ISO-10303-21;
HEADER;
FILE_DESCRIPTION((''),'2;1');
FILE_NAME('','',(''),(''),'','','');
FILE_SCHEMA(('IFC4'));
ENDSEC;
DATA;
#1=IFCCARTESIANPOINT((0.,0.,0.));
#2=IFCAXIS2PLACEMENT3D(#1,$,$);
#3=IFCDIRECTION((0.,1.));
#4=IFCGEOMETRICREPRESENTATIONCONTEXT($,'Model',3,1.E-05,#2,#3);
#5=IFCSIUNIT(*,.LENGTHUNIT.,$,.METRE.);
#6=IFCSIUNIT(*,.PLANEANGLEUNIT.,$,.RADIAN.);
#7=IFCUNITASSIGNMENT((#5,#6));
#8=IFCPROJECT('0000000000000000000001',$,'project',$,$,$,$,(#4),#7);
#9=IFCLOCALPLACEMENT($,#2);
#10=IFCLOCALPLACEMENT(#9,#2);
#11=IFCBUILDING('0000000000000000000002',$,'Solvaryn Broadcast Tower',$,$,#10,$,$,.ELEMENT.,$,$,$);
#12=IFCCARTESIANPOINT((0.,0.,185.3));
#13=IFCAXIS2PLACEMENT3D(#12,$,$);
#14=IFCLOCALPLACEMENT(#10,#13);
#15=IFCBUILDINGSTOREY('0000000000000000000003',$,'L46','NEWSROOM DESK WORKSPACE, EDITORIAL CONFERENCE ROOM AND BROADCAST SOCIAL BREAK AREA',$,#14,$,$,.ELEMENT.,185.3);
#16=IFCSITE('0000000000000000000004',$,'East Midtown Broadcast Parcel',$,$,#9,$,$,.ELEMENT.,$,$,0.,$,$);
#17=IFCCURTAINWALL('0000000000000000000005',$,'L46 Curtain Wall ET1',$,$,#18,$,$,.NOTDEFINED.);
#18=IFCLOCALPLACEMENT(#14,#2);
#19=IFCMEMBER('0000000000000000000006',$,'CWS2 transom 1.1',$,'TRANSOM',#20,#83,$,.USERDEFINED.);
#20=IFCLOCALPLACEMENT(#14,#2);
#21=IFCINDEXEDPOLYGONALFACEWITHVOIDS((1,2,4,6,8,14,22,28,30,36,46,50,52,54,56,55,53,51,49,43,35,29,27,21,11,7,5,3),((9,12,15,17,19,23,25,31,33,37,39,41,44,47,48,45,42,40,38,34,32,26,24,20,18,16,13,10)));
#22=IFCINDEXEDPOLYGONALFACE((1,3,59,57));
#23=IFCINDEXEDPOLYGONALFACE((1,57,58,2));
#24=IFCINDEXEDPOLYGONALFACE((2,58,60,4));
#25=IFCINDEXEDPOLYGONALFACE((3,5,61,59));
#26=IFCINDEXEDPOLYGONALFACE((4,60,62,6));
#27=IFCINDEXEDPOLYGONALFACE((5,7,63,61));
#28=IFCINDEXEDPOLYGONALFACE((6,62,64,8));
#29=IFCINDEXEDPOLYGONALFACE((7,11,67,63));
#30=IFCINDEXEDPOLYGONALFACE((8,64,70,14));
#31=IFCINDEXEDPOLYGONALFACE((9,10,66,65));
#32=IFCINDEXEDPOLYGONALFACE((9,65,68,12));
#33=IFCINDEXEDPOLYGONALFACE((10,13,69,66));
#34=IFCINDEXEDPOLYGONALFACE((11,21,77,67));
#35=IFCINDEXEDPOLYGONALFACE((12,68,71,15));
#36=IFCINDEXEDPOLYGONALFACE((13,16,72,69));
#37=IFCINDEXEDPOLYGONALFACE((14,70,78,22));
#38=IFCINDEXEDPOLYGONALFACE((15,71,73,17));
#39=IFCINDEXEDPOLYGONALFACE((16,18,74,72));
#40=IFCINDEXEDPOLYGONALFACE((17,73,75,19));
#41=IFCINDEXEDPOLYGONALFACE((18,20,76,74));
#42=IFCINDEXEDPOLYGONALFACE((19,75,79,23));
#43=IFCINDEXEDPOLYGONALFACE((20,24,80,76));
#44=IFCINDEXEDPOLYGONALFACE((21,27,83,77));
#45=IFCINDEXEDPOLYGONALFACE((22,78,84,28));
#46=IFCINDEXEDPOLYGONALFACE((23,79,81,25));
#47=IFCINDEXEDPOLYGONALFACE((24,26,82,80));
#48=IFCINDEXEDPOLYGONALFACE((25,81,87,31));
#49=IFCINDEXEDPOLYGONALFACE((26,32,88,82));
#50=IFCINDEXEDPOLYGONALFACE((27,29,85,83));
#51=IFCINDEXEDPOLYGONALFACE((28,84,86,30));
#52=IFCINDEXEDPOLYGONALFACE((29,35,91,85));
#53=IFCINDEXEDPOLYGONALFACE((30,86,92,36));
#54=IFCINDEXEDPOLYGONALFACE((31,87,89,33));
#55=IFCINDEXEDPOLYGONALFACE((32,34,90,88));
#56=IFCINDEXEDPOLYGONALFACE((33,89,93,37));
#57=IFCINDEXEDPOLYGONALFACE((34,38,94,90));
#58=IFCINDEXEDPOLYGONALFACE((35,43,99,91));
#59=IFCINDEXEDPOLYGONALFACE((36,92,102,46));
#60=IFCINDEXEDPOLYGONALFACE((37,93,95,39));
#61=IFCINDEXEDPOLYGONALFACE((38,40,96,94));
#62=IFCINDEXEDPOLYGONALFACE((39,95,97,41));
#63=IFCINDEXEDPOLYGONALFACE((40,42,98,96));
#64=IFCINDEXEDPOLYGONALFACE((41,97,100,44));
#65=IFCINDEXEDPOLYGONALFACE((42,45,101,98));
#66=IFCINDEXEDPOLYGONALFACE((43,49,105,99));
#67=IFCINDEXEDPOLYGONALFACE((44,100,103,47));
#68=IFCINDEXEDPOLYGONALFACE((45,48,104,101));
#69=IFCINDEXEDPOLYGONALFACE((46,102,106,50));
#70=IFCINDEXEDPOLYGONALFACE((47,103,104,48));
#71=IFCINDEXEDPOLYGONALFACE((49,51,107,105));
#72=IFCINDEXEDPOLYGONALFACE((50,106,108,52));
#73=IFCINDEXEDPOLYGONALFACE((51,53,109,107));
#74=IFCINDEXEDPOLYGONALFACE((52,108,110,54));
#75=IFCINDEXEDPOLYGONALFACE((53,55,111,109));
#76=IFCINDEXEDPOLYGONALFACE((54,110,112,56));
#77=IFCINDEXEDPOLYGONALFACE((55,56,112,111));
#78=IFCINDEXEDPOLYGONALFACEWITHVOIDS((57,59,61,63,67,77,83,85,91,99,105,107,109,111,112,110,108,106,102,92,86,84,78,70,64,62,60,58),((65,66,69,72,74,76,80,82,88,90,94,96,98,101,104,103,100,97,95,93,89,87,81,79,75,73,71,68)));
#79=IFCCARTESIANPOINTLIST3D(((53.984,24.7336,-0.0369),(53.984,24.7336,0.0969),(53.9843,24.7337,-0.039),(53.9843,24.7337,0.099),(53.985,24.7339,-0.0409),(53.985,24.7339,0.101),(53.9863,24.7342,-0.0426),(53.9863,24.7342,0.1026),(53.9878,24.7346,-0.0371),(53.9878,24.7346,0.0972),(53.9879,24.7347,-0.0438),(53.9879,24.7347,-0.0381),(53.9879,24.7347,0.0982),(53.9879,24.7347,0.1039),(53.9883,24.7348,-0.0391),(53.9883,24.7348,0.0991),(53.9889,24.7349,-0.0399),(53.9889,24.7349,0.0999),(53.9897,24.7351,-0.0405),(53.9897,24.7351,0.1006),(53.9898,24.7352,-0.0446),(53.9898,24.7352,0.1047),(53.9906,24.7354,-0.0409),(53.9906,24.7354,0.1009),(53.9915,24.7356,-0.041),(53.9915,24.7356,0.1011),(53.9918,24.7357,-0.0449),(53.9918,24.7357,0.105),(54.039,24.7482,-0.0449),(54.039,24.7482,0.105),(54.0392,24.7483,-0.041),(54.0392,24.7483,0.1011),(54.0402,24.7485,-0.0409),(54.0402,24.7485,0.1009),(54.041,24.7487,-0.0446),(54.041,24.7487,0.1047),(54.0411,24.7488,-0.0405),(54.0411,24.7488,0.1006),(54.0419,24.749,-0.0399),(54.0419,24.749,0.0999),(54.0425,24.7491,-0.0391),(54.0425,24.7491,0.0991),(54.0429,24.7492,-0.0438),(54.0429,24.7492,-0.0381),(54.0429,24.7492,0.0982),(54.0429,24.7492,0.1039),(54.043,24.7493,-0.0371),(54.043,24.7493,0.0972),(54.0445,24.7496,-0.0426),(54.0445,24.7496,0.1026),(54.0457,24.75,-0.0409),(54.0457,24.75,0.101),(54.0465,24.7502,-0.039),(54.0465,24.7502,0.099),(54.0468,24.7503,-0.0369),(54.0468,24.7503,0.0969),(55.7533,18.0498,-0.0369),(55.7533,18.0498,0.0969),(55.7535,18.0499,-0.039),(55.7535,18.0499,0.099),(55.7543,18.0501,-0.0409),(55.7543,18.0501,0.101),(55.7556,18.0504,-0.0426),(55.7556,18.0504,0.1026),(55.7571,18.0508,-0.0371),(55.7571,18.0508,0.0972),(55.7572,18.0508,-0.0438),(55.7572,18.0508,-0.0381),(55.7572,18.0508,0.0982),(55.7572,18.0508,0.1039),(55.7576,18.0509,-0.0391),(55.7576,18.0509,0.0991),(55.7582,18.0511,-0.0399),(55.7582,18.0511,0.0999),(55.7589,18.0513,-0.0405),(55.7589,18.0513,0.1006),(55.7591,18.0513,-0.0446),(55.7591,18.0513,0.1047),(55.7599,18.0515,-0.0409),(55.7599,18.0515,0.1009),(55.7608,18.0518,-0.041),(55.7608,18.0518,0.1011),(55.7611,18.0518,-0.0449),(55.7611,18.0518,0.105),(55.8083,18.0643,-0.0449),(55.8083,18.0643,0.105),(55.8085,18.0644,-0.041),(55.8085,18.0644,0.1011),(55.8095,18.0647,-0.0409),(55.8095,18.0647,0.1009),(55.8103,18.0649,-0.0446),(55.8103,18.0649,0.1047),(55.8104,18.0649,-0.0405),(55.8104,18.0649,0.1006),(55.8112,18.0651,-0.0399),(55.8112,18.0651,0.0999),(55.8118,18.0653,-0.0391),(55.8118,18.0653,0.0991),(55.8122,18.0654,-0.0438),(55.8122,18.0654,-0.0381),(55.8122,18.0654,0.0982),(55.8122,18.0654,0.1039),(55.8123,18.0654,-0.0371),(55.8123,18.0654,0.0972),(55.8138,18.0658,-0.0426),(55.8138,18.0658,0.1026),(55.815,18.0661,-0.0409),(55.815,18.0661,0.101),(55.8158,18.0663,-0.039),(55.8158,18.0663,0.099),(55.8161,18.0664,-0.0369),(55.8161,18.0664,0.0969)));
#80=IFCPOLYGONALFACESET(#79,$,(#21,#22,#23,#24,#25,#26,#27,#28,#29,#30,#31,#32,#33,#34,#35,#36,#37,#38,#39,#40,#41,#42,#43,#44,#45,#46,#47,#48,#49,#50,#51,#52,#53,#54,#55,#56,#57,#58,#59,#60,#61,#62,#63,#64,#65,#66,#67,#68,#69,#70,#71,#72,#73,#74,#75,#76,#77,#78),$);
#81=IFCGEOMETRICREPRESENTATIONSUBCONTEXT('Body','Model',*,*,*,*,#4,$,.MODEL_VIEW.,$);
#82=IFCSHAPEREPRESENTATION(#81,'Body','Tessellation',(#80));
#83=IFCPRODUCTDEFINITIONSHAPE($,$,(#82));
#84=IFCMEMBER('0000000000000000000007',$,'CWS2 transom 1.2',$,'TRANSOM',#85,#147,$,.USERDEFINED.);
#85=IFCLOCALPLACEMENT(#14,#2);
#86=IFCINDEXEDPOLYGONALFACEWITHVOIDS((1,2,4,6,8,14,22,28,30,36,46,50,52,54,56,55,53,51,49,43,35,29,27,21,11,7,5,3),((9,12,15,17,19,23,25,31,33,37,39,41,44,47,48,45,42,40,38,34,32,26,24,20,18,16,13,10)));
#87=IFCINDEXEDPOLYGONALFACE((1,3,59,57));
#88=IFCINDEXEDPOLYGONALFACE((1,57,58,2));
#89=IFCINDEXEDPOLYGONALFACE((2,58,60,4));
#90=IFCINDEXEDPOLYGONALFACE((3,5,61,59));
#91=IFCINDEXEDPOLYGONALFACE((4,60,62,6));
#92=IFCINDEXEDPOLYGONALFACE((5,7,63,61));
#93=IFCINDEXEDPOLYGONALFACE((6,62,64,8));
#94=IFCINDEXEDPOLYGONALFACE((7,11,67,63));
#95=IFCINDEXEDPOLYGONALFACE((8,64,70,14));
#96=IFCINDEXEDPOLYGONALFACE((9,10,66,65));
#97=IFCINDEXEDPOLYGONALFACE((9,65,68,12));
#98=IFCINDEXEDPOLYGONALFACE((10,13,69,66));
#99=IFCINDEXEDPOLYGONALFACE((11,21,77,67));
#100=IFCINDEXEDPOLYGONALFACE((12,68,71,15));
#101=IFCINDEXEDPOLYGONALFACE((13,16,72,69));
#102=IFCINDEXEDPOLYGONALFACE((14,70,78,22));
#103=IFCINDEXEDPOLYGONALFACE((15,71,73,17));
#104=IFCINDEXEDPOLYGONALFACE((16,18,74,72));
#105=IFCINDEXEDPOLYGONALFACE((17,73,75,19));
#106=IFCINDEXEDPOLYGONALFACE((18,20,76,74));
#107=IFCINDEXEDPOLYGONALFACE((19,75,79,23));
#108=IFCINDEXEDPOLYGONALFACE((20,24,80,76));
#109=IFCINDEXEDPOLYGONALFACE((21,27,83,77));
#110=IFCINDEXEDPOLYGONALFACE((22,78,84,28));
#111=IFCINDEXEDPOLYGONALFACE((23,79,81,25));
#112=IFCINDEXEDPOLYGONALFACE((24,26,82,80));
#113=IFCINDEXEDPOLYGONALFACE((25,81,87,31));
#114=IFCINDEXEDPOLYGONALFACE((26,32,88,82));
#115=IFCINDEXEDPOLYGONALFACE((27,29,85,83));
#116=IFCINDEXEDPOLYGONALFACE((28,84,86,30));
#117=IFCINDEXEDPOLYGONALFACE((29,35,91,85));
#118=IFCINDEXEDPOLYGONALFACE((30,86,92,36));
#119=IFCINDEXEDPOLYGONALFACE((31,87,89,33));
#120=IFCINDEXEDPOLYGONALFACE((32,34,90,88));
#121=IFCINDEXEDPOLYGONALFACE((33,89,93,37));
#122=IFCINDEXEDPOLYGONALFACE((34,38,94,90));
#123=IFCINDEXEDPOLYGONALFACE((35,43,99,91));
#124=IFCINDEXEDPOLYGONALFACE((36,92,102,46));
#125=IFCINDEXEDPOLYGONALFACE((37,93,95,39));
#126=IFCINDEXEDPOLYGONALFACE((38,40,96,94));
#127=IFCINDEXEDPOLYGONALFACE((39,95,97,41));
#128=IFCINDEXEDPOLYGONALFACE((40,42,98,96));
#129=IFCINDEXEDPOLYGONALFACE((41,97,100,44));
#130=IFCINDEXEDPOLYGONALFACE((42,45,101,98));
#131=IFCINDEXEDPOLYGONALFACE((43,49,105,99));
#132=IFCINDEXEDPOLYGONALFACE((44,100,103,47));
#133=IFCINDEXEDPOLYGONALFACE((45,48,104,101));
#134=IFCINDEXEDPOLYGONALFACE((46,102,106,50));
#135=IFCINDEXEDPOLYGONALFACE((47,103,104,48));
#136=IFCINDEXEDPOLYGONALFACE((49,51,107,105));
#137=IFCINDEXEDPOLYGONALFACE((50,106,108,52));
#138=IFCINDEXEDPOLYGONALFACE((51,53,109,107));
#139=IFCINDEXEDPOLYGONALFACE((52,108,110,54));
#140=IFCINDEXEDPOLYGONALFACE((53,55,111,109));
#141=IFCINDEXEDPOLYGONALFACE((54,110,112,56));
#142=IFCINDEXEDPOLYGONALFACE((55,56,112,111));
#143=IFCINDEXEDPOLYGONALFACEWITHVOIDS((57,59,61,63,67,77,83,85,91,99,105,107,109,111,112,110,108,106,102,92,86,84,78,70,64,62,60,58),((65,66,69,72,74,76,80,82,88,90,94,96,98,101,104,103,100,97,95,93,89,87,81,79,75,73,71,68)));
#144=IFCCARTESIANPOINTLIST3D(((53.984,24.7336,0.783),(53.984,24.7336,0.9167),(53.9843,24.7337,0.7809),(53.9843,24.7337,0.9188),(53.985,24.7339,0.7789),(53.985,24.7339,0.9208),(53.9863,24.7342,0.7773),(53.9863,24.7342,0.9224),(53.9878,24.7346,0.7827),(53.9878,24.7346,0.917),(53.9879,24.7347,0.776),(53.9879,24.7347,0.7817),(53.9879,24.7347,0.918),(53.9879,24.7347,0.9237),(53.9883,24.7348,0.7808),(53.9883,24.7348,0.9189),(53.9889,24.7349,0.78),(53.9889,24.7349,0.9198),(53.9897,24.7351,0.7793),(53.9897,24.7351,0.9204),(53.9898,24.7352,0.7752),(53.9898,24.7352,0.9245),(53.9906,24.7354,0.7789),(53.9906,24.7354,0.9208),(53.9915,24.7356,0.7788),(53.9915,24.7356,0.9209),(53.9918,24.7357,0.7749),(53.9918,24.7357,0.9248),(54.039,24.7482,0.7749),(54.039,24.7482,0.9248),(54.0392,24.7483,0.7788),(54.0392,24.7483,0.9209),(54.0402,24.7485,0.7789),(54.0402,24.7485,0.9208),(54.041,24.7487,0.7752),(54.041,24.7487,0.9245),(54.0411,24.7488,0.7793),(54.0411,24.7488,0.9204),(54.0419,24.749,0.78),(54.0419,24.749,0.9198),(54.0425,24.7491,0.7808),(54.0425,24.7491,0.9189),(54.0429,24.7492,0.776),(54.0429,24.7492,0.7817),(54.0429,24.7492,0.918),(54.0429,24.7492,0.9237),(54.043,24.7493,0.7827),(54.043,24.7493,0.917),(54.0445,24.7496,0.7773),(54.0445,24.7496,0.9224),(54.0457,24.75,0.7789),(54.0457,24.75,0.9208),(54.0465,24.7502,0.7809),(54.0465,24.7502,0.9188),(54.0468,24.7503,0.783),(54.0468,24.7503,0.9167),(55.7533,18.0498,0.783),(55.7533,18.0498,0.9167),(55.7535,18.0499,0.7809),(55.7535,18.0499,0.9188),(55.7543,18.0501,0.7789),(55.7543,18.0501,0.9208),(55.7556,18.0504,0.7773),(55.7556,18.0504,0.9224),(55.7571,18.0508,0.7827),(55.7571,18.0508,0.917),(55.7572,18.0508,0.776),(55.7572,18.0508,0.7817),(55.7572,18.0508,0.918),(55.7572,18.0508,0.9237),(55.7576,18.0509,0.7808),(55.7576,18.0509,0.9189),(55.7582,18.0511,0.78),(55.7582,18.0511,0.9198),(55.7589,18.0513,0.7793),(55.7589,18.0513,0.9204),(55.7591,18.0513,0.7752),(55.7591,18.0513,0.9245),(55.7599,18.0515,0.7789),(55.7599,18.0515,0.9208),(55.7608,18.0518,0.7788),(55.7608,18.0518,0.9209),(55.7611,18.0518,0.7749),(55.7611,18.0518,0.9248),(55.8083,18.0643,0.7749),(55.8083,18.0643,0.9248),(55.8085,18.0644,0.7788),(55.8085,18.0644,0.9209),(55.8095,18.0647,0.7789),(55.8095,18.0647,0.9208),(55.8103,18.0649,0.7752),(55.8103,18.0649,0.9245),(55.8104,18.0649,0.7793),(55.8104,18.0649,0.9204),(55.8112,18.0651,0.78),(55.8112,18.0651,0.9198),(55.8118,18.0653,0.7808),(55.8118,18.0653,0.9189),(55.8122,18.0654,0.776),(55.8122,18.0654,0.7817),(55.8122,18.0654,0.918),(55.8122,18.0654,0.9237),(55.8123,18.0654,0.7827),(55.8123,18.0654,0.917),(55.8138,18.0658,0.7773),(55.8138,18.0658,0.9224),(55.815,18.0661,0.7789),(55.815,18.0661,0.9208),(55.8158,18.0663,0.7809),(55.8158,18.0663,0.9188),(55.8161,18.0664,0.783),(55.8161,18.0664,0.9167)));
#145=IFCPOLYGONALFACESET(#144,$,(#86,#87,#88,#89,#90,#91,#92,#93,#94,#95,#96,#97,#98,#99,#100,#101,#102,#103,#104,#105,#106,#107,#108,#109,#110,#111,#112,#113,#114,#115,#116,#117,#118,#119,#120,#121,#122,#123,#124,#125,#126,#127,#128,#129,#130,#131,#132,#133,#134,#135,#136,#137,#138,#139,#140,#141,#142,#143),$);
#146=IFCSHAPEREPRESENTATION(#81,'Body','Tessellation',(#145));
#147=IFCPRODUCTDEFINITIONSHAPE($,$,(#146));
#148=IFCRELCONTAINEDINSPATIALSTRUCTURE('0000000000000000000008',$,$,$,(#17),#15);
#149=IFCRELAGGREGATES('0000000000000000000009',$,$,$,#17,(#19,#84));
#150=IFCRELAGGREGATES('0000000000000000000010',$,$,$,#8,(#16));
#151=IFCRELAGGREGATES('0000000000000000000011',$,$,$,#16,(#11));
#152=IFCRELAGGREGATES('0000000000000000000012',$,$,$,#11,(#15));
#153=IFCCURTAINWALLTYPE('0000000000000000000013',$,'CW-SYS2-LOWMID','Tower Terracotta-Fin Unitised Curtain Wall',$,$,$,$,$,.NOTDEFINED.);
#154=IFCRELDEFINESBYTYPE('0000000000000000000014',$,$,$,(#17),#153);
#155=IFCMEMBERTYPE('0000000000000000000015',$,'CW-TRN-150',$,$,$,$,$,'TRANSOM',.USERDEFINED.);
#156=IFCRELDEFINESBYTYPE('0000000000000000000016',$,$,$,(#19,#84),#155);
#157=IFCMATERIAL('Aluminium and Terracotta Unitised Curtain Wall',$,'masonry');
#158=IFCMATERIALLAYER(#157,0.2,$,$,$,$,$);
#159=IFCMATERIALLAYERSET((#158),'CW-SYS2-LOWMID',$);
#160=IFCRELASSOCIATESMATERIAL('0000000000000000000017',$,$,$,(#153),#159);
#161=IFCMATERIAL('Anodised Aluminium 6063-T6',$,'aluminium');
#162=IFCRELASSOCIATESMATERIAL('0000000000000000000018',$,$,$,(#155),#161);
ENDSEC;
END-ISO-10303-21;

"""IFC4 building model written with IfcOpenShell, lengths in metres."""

from ifc_helpers import new_model, si_unit, direction, frame, origin, origin_2d, place, context, subcontext, project, spatial, hollow_rectangle, extrude, material, layer, layer_set, material_profile, profile_set, type_object, element, aggregate, save


model = new_model("IFC4")

# Units and contexts
model_context = context("Model", 3, precision=1e-05, world=origin(), true_north=direction((0.0, 1.0)))
body_context = subcontext(model_context, "Body", "Model", "MODEL_VIEW")
ifc_project = project(units=[si_unit("LENGTHUNIT", "METRE"), si_unit("PLANEANGLEUNIT", "RADIAN")], contexts=[model_context])

# Site, building, storey
site_placement = place(None, origin())
site = spatial("IfcSite", under=ifc_project, at=site_placement, Name="East Midtown Broadcast Parcel", CompositionType="ELEMENT", RefElevation=0.0)
building_placement = place(site_placement, origin())
building = spatial("IfcBuilding", under=site, at=building_placement, Name="Solvaryn Broadcast Tower", CompositionType="ELEMENT")
storey_placement = place(building_placement, frame((0.0, 0.0, 185.3)))
storey = spatial("IfcBuildingStorey", under=building, at=storey_placement, Name="L46", Description="NEWSROOM DESK WORKSPACE, EDITORIAL CONFERENCE ROOM AND BROADCAST SOCIAL BREAK AREA", CompositionType="ELEMENT", Elevation=185.3)

# Curtain wall
ifc_material_1 = material(Name="Aluminium and Terracotta Unitised Curtain Wall", Category="masonry")
ifc_layer_1 = layer(ifc_material_1, 0.2)
ifc_layer_set_1 = layer_set([ifc_layer_1], Name="CW-SYS2-LOWMID")
curtain_wall_type = type_object("IfcCurtainWallType", Name="CW-SYS2-LOWMID", Description="Tower Terracotta-Fin Unitised Curtain Wall", PredefinedType="NOTDEFINED", material=ifc_layer_set_1)
curtain_wall_1_placement = place(storey_placement, origin())
curtain_wall_1 = element("IfcCurtainWall", 1, at=curtain_wall_1_placement, inside=storey, type_object=curtain_wall_type, Name="L46 Curtain Wall ET1", PredefinedType="NOTDEFINED")

# Members
ifc_material_2 = material(Name="Anodised Aluminium 6063-T6", Category="aluminium")
ifc_material_profile_1 = material_profile(ifc_material_2, hollow_rectangle(XDim=0.0649, YDim=0.1499, WallThickness=0.0039, InnerFilletRadius=0.0039, OuterFilletRadius=0.0081, at=origin_2d()))
ifc_profile_set_1 = profile_set([ifc_material_profile_1], Name="Anodised Aluminium 6063-T6")
member_type_1 = type_object("IfcMemberType", Name="CW-TRN-150", ElementType="TRANSOM", PredefinedType="USERDEFINED", material=ifc_profile_set_1)
member_1_placement = place(storey_placement, frame((54.0154, 24.7419, 0.03), z_axis=(0.255897, -0.966704, 0.0), x_axis=(0.966704, 0.255897, 0.0)))
member_1 = element("IfcMember", 2, at=member_1_placement, type_object=member_type_1, Name="CWS2 transom 1.1", ObjectType="TRANSOM", PredefinedType="USERDEFINED", context=body_context, shape_type="SweptSolid", body=[
    extrude(hollow_rectangle(XDim=0.0649, YDim=0.1499, WallThickness=0.0039, InnerFilletRadius=0.0039, OuterFilletRadius=0.0081, at=origin_2d()), origin(), (0.0, 0.0, 1.0), 6.9141),
])
member_2_placement = place(storey_placement, frame((54.0154, 24.7419, 0.8499), z_axis=(0.255897, -0.966704, 0.0), x_axis=(0.966704, 0.255897, 0.0)))
member_2 = element("IfcMember", 3, at=member_2_placement, type_object=member_type_1, Name="CWS2 transom 1.2", ObjectType="TRANSOM", PredefinedType="USERDEFINED", context=body_context, shape_type="SweptSolid", body=[
    extrude(hollow_rectangle(XDim=0.0649, YDim=0.1499, WallThickness=0.0039, InnerFilletRadius=0.0039, OuterFilletRadius=0.0081, at=origin_2d()), origin(), (0.0, 0.0, 1.0), 6.9141),
])

aggregate(curtain_wall_1, [member_1, member_2])

save(model, "model.ifc")
